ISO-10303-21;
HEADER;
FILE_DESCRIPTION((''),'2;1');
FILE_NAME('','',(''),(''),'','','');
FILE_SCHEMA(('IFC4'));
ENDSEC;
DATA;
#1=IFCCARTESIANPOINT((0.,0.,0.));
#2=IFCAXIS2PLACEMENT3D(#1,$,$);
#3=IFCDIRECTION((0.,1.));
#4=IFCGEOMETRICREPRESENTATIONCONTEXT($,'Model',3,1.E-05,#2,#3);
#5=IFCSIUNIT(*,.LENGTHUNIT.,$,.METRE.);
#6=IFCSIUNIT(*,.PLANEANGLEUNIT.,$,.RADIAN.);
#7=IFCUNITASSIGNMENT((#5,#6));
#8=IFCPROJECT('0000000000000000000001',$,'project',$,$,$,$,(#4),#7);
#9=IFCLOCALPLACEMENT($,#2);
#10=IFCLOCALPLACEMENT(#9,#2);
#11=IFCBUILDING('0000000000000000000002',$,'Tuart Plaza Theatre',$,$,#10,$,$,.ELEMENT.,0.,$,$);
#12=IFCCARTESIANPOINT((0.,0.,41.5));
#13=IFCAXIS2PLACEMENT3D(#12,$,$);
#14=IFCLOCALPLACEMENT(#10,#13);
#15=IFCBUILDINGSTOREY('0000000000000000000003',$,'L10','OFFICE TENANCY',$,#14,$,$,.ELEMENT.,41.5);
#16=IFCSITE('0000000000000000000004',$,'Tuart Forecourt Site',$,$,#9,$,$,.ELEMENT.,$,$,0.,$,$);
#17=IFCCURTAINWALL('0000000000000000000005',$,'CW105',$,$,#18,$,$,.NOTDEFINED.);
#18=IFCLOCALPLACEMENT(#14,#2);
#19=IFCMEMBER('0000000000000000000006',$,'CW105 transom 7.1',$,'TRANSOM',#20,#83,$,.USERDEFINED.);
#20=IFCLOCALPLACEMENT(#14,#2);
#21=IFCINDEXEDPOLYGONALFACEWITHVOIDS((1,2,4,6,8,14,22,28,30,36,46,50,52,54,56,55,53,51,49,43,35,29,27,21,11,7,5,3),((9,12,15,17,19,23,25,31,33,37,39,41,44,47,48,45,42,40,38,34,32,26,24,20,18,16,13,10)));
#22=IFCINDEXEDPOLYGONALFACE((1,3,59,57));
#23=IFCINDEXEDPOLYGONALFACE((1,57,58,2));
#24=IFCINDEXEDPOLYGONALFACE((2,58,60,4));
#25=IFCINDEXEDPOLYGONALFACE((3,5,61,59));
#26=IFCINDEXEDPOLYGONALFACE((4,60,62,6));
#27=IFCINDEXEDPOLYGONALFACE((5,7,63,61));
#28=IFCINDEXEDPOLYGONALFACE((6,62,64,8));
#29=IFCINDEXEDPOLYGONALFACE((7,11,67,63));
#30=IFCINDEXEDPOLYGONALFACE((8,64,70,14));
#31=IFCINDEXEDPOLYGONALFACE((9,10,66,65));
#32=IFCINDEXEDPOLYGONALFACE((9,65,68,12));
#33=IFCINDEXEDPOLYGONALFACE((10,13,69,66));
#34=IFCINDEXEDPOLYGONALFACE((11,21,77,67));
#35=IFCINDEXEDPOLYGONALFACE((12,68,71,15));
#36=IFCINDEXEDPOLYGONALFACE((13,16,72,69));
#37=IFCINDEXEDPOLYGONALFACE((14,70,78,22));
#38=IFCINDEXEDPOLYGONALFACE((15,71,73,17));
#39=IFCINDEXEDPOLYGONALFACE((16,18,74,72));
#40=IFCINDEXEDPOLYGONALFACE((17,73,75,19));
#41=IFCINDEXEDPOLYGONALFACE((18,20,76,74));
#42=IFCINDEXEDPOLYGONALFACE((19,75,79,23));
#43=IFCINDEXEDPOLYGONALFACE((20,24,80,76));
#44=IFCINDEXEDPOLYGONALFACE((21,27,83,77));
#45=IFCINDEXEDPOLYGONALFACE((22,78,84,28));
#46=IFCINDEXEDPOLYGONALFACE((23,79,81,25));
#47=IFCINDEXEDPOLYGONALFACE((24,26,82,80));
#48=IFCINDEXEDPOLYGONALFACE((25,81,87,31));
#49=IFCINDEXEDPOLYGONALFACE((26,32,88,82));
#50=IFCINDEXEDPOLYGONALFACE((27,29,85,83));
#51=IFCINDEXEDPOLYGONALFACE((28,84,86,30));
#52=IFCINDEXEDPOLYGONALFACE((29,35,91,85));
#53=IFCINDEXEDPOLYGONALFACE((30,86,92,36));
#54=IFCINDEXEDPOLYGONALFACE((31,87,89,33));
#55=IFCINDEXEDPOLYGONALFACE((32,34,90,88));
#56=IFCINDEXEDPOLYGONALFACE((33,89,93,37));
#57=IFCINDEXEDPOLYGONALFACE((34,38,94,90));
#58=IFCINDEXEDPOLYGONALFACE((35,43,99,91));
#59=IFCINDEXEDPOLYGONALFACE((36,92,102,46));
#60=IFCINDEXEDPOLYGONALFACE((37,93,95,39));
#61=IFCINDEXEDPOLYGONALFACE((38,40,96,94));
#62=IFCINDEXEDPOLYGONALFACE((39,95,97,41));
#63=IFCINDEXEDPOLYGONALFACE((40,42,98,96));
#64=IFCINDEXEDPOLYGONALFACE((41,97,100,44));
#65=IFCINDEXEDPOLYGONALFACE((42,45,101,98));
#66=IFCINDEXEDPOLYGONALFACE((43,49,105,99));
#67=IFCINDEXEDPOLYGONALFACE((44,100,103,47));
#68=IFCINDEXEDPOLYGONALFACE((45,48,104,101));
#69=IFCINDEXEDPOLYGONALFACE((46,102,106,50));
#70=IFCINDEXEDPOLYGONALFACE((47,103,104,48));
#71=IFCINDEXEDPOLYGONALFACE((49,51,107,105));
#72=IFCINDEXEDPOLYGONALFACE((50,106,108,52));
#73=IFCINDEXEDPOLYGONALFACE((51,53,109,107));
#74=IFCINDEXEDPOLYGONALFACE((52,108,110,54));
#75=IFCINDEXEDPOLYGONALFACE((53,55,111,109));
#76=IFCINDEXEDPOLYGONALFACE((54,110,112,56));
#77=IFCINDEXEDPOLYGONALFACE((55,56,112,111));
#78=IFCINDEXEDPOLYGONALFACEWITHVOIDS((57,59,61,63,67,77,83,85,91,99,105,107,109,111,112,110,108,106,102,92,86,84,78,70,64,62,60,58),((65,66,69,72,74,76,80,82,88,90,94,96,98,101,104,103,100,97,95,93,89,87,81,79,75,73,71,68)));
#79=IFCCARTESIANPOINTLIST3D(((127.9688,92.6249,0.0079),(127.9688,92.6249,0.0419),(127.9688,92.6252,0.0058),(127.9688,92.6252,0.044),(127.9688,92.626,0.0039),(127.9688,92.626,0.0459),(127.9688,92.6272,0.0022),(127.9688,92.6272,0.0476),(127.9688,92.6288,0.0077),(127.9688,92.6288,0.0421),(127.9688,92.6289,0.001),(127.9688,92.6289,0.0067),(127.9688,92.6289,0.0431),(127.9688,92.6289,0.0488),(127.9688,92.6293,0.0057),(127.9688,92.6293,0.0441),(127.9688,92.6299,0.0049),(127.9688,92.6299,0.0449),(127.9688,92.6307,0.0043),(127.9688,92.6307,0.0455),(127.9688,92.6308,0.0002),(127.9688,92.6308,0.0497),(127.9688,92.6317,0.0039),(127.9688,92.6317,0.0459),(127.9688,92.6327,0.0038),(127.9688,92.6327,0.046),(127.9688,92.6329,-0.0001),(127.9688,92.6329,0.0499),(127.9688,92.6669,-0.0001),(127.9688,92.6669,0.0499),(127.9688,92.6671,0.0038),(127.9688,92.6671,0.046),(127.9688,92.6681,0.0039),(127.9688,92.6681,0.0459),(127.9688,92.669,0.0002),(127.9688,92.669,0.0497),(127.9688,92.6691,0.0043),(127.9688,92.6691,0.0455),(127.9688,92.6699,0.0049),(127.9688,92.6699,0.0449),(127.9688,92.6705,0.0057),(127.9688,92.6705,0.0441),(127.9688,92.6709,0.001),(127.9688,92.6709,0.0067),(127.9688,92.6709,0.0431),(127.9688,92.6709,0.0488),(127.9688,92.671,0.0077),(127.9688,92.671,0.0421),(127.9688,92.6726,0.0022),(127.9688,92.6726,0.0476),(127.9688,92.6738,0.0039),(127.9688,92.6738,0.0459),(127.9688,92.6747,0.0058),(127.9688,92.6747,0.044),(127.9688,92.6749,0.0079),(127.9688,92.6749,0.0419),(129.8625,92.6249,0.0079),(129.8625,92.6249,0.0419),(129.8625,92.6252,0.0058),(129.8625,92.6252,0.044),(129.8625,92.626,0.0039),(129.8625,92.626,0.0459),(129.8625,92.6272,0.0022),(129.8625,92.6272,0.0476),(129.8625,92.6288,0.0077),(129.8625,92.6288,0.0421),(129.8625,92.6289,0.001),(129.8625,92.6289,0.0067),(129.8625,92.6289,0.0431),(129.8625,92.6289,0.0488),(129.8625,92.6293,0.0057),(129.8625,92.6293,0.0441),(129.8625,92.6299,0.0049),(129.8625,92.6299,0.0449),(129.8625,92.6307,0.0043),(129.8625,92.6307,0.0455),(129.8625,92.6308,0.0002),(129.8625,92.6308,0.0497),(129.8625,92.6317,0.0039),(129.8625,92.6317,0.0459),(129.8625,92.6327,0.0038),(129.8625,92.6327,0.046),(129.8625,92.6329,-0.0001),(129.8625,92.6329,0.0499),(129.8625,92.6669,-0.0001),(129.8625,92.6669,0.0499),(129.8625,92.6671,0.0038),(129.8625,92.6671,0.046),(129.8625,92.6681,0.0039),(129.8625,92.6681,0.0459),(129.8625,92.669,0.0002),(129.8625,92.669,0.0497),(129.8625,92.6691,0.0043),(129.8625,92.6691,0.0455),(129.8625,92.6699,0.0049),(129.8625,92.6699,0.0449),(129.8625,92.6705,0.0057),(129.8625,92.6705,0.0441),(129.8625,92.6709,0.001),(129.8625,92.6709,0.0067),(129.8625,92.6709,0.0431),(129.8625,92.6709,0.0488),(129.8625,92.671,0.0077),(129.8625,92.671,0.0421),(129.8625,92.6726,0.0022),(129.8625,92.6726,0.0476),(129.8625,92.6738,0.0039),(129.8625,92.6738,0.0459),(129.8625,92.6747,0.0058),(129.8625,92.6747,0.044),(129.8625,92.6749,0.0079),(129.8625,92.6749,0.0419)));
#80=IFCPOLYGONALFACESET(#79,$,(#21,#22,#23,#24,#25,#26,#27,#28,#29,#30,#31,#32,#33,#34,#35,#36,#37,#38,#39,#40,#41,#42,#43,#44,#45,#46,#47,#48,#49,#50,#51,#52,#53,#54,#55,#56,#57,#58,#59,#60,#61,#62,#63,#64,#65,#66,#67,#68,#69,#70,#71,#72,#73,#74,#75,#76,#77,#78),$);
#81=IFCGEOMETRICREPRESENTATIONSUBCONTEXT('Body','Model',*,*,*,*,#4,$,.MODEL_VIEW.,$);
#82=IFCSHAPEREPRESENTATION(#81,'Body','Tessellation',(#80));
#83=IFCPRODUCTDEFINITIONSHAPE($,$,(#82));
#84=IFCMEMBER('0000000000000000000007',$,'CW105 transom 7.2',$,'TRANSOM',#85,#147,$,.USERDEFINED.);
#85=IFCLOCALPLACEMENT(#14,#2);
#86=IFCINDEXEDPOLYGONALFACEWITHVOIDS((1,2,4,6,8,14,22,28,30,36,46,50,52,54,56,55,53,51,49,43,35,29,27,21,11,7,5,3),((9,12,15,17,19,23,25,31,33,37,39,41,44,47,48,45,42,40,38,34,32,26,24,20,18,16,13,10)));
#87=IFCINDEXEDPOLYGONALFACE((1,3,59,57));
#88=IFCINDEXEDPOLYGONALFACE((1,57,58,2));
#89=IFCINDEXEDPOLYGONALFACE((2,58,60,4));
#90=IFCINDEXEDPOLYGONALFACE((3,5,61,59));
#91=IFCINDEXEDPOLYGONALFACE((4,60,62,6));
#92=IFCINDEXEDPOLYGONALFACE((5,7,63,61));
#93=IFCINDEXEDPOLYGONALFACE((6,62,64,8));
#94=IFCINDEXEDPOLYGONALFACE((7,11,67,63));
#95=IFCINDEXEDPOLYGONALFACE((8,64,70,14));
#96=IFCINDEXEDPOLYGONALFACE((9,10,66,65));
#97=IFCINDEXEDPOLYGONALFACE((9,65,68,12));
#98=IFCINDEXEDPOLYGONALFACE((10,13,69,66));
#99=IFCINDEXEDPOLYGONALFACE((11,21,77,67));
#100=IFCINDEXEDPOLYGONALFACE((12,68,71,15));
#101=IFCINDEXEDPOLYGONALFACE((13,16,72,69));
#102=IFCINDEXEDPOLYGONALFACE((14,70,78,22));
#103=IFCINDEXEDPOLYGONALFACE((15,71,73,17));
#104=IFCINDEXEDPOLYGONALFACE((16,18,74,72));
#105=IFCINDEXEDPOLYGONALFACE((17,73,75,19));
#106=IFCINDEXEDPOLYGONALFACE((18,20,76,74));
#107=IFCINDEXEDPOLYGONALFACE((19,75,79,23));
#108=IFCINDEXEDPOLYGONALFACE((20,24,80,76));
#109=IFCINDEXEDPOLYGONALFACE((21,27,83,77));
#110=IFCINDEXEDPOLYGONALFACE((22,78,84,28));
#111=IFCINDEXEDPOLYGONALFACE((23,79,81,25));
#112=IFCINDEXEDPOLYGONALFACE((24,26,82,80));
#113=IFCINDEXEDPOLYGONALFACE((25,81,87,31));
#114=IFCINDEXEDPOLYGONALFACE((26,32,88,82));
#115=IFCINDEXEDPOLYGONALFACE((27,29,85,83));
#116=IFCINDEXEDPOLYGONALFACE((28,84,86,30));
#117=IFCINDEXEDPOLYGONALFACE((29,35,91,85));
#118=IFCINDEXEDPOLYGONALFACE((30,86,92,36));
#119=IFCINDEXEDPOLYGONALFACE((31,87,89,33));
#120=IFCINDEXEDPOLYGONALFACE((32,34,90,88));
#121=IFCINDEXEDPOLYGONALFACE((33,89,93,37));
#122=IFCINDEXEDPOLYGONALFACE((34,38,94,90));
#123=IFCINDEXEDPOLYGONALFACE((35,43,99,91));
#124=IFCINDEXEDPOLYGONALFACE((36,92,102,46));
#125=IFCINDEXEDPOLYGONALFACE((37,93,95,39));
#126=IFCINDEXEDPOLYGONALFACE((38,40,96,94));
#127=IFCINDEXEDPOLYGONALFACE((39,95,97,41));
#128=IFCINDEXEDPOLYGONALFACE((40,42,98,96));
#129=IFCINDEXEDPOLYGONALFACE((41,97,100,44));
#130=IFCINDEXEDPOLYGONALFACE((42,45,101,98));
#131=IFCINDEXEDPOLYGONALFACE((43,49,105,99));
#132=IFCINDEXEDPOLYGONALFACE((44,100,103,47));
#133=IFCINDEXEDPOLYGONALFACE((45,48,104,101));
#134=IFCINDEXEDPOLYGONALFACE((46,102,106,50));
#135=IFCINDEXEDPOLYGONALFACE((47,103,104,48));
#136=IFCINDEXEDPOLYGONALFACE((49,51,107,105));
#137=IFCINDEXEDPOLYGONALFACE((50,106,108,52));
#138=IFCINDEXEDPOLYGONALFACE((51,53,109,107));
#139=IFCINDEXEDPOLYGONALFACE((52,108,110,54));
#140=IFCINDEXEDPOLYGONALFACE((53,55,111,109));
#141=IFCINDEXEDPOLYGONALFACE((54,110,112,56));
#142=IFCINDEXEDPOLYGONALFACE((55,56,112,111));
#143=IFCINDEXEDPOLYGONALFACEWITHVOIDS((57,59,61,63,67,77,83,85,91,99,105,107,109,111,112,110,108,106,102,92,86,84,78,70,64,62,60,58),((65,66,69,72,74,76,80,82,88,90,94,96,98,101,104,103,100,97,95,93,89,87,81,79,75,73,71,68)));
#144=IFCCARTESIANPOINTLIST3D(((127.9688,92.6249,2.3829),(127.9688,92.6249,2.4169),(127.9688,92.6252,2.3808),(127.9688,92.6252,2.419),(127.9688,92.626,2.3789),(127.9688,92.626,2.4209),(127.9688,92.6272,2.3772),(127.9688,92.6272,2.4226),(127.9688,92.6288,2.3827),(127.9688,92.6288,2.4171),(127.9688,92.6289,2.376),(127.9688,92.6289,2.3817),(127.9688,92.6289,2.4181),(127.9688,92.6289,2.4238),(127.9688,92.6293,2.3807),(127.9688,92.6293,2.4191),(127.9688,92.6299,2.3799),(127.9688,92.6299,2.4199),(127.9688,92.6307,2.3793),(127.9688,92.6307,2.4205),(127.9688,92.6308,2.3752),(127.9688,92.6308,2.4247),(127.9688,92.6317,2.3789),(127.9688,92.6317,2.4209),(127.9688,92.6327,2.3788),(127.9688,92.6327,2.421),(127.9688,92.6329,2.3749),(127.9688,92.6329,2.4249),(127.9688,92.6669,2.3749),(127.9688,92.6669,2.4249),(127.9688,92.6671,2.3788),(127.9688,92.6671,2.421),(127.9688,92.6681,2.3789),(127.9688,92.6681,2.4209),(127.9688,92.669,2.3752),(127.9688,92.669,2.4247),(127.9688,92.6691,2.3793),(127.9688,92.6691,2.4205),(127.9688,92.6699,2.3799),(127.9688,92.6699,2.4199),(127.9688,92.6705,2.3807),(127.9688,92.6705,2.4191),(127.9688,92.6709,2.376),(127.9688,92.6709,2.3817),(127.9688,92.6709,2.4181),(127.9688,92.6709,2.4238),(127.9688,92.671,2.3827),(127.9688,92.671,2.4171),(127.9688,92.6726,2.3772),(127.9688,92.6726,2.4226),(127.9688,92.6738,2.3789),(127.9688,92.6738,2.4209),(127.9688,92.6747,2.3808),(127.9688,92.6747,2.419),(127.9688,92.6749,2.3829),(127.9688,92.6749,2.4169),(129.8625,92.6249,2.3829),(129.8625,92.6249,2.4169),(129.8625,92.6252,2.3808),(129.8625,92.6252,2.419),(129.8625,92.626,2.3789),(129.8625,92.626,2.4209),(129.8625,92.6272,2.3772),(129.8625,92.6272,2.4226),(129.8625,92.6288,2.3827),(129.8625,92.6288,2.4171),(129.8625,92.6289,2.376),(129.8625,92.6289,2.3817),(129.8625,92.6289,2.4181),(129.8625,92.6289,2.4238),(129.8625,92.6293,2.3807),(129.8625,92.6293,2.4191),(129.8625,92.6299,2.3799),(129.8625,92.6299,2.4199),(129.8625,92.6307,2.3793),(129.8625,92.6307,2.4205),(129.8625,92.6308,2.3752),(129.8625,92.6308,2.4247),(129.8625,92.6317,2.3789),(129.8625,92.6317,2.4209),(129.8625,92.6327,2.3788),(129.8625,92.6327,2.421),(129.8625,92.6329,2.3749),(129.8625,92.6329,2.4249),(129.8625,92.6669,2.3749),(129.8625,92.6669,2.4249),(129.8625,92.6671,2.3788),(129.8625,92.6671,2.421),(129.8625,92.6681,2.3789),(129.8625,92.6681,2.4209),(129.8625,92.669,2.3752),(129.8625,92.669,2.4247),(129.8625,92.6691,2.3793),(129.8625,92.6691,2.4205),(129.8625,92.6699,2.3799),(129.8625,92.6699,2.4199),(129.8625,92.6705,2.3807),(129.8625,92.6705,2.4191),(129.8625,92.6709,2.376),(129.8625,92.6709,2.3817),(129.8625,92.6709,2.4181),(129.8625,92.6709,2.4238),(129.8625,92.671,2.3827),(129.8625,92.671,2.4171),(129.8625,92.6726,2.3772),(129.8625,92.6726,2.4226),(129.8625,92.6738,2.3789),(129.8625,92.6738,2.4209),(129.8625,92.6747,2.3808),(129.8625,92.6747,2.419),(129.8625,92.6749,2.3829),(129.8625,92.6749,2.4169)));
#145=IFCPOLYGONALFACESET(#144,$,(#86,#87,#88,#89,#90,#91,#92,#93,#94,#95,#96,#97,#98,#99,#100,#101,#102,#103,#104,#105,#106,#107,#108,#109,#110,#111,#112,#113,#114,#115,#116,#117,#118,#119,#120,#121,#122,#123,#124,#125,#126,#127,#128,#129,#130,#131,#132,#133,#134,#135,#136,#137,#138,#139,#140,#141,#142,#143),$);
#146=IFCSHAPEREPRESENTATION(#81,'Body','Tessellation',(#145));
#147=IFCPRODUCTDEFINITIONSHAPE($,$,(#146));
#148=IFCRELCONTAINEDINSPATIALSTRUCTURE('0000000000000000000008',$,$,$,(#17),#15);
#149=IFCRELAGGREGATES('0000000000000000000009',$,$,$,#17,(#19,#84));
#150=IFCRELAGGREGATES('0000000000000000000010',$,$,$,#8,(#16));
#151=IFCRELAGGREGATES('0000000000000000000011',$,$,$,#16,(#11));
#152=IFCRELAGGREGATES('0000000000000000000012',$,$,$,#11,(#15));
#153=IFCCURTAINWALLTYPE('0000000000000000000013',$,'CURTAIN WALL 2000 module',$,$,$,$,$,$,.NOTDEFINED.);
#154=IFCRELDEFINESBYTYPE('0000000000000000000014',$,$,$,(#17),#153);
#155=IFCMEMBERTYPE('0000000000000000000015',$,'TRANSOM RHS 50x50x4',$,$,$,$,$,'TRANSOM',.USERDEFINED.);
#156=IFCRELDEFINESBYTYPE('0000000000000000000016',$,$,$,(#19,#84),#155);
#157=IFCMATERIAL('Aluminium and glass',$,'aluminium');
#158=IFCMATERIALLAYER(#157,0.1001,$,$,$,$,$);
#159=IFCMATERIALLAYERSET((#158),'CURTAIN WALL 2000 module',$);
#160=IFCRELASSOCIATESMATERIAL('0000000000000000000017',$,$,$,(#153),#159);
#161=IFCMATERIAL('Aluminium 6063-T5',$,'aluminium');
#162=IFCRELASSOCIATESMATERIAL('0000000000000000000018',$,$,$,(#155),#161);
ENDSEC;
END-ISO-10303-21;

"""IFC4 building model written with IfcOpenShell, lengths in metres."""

from ifc_helpers import new_model, si_unit, direction, frame, origin, origin_2d, place, context, subcontext, project, spatial, hollow_rectangle, extrude, material, layer, layer_set, material_profile, profile_set, type_object, element, aggregate, save


model = new_model("IFC4")

# Units and contexts
model_context = context("Model", 3, precision=1e-05, world=origin(), true_north=direction((0.0, 1.0)))
body_context = subcontext(model_context, "Body", "Model", "MODEL_VIEW")
ifc_project = project(units=[si_unit("LENGTHUNIT", "METRE"), si_unit("PLANEANGLEUNIT", "RADIAN")], contexts=[model_context])

# Site, building, storey
site_placement = place(None, origin())
site = spatial("IfcSite", under=ifc_project, at=site_placement, Name="Tuart Forecourt Site", CompositionType="ELEMENT", RefElevation=0.0)
building_placement = place(site_placement, origin())
building = spatial("IfcBuilding", under=site, at=building_placement, Name="Tuart Plaza Theatre", CompositionType="ELEMENT", ElevationOfRefHeight=0.0)
storey_placement = place(building_placement, frame((0.0, 0.0, 41.5)))
storey = spatial("IfcBuildingStorey", under=building, at=storey_placement, Name="L10", Description="OFFICE TENANCY", CompositionType="ELEMENT", Elevation=41.5)

# Curtain wall, members
ifc_material_1 = material(Name="Aluminium and glass", Category="aluminium")
ifc_layer_1 = layer(ifc_material_1, 0.1001)
ifc_layer_set_1 = layer_set([ifc_layer_1], Name="CURTAIN WALL 2000 module")
curtain_wall_type = type_object("IfcCurtainWallType", Name="CURTAIN WALL 2000 module", PredefinedType="NOTDEFINED", material=ifc_layer_set_1)
curtain_wall_placement = place(storey_placement, origin())
curtain_wall = element("IfcCurtainWall", 1, at=curtain_wall_placement, inside=storey, type_object=curtain_wall_type, Name="CW105", PredefinedType="NOTDEFINED")
ifc_material_2 = material(Name="Aluminium 6063-T5", Category="aluminium")
ifc_material_profile_1 = material_profile(ifc_material_2, hollow_rectangle(XDim=0.05, YDim=0.05, WallThickness=0.0039, InnerFilletRadius=0.0039, OuterFilletRadius=0.0081, at=origin_2d()), Name="RHS 50x50x4")
ifc_profile_set_1 = profile_set([ifc_material_profile_1], Name="Aluminium 6063-T5")
member_type_1 = type_object("IfcMemberType", Name="TRANSOM RHS 50x50x4", ElementType="TRANSOM", PredefinedType="USERDEFINED", material=ifc_profile_set_1)
member_1_placement = place(storey_placement, frame((129.8625, 92.6499, 0.0249), z_axis=(-1.0, 0.0, 0.0), x_axis=(0.0, -1.0, 0.0)))
member_1 = element("IfcMember", 2, at=member_1_placement, type_object=member_type_1, Name="CW105 transom 7.1", ObjectType="TRANSOM", PredefinedType="USERDEFINED", context=body_context, shape_type="SweptSolid", body=[
    extrude(hollow_rectangle(XDim=0.05, YDim=0.05, WallThickness=0.0039, InnerFilletRadius=0.0039, OuterFilletRadius=0.0081, at=origin_2d()), origin(), (0.0, 0.0, 1.0), 1.8938),
])
member_2_placement = place(storey_placement, frame((129.8625, 92.6499, 2.3999), z_axis=(-1.0, 0.0, 0.0), x_axis=(0.0, -1.0, 0.0)))
member_2 = element("IfcMember", 3, at=member_2_placement, type_object=member_type_1, Name="CW105 transom 7.2", ObjectType="TRANSOM", PredefinedType="USERDEFINED", context=body_context, shape_type="SweptSolid", body=[
    extrude(hollow_rectangle(XDim=0.05, YDim=0.05, WallThickness=0.0039, InnerFilletRadius=0.0039, OuterFilletRadius=0.0081, at=origin_2d()), origin(), (0.0, 0.0, 1.0), 1.8938),
])
aggregate(curtain_wall, [member_1, member_2])

save(model, "model.ifc")
